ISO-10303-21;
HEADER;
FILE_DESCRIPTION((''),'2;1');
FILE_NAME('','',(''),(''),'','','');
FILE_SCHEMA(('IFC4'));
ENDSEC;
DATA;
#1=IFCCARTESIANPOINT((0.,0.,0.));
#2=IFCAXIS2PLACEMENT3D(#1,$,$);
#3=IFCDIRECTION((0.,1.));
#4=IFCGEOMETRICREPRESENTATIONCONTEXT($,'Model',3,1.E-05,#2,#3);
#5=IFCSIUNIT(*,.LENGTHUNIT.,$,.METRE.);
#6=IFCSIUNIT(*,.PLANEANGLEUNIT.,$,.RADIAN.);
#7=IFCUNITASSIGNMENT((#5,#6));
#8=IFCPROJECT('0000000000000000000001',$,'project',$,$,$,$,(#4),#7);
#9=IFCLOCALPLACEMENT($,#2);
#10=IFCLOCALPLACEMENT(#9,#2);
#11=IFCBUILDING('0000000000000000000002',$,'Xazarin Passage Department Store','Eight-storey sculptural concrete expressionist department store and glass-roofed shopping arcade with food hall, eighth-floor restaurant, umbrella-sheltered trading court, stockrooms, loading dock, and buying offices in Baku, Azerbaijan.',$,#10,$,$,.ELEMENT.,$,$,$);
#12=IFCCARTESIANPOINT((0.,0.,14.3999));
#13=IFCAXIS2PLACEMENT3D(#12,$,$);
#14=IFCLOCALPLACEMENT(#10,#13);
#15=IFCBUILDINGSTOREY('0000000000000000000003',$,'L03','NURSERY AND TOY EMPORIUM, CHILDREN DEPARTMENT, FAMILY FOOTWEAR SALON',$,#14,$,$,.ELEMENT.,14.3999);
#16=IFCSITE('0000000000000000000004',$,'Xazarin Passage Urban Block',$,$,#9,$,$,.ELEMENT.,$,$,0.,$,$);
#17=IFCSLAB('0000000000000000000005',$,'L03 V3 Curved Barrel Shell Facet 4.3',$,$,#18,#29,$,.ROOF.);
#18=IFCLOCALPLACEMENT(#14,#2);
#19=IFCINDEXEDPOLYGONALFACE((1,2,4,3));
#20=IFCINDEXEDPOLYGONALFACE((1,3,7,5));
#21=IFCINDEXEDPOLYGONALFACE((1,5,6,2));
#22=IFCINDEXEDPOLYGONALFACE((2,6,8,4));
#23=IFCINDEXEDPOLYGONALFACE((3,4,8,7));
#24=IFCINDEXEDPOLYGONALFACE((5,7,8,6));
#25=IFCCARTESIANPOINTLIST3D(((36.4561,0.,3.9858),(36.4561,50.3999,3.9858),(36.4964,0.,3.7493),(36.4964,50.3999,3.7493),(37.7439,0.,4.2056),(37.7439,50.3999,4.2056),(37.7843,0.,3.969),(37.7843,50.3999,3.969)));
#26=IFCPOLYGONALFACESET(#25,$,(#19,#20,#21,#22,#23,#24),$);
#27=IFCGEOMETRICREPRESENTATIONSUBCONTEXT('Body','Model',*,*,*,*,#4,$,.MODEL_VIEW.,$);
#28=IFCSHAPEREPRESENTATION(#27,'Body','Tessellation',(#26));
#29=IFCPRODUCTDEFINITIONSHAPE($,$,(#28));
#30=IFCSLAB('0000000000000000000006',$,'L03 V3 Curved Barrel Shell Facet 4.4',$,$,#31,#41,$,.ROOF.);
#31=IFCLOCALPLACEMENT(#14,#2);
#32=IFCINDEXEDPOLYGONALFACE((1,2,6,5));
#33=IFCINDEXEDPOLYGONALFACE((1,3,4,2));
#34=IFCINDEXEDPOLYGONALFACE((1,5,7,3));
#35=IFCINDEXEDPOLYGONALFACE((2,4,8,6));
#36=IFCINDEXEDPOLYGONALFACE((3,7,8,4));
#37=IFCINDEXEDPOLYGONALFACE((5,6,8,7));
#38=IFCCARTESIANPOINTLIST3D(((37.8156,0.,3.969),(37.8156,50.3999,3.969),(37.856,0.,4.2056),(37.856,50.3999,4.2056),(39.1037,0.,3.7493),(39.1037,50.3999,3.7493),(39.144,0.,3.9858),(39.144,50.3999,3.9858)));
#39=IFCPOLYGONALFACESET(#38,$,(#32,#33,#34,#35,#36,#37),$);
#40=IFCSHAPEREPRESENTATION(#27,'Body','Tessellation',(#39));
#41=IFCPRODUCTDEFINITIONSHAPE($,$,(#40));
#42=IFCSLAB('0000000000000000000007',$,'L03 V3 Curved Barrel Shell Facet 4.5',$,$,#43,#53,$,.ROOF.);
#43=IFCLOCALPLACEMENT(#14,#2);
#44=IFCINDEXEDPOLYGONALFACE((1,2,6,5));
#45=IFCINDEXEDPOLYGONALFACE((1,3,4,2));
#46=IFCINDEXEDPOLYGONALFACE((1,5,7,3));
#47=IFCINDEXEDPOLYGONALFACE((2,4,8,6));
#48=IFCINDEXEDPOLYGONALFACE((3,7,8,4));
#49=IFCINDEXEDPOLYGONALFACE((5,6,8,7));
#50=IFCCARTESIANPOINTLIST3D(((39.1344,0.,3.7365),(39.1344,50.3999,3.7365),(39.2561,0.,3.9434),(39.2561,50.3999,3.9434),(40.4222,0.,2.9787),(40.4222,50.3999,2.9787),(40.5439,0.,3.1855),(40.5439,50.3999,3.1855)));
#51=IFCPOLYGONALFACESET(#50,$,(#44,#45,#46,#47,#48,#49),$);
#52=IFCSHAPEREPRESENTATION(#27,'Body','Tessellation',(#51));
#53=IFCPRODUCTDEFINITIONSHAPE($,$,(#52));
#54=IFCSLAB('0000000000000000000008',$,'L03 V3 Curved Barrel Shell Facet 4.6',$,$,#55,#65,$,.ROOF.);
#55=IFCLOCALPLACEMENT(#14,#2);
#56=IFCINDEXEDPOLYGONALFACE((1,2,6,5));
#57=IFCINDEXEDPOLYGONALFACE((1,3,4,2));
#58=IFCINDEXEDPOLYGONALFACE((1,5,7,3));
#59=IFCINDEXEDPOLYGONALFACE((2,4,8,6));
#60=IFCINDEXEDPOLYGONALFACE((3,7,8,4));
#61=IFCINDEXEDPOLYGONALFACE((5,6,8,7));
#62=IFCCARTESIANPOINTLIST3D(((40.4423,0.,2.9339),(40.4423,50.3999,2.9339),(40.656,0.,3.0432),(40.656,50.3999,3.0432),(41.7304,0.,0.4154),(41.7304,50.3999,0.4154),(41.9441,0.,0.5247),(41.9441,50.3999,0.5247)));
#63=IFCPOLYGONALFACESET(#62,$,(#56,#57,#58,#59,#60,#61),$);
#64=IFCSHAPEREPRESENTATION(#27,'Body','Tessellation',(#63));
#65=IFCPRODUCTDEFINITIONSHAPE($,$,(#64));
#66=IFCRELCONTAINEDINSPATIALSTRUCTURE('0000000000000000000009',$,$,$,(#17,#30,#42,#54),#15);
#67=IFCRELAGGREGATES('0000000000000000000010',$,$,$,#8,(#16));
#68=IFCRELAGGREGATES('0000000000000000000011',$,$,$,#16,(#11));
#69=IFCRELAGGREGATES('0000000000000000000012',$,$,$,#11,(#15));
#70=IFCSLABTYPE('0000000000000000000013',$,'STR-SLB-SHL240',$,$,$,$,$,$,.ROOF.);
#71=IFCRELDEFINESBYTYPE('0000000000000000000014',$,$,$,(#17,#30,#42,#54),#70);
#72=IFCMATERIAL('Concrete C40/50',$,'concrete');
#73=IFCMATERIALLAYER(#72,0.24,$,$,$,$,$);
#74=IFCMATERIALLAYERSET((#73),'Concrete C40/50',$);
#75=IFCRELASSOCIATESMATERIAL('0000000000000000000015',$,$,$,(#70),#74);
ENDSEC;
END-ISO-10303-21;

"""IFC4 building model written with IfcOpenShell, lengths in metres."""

from ifc_helpers import new_model, si_unit, direction, frame, origin, place, context, subcontext, project, spatial, polyline, outline, extrude, material, layer, layer_set, type_object, element, save


model = new_model("IFC4")

# Units and contexts
model_context = context("Model", 3, precision=1e-05, world=origin(), true_north=direction((0.0, 1.0)))
body_context = subcontext(model_context, "Body", "Model", "MODEL_VIEW")
ifc_project = project(units=[si_unit("LENGTHUNIT", "METRE"), si_unit("PLANEANGLEUNIT", "RADIAN")], contexts=[model_context])

# Site, building, storey
site_placement = place(None, origin())
site = spatial("IfcSite", under=ifc_project, at=site_placement, Name="Xazarin Passage Urban Block", CompositionType="ELEMENT", RefElevation=0.0)
building_placement = place(site_placement, origin())
building = spatial("IfcBuilding", under=site, at=building_placement, Name="Xazarin Passage Department Store", Description="Eight-storey sculptural concrete expressionist department store and glass-roofed shopping arcade with food hall, eighth-floor restaurant, umbrella-sheltered trading court, stockrooms, loading dock, and buying offices in Baku, Azerbaijan.", CompositionType="ELEMENT")
storey_placement = place(building_placement, frame((0.0, 0.0, 14.3999)))
storey = spatial("IfcBuildingStorey", under=building, at=storey_placement, Name="L03", Description="NURSERY AND TOY EMPORIUM, CHILDREN DEPARTMENT, FAMILY FOOTWEAR SALON", CompositionType="ELEMENT", Elevation=14.3999)

# Slabs
ifc_material_1 = material(Name="Concrete C40/50", Category="concrete")
ifc_layer = layer(ifc_material_1, 0.24)
ifc_layer_set = layer_set([ifc_layer], Name="Concrete C40/50")
slab_type = type_object("IfcSlabType", Name="STR-SLB-SHL240", PredefinedType="ROOF", material=ifc_layer_set)
slab_1_placement = place(storey_placement, frame((36.4561, 0.0, 3.9858), z_axis=(-0.168186, 0.0, 0.985755), x_axis=(0.985755, 0.0, 0.168186)))
element("IfcSlab", 1, at=slab_1_placement, inside=storey, type_object=slab_type, Name="L03 V3 Curved Barrel Shell Facet 4.3", PredefinedType="ROOF", context=body_context, shape_type="SweptSolid", body=[
    extrude(outline(polyline([(0.0, 0.0), (1.3065, 0.0), (1.3065, 50.3999), (0.0, 50.3999), (0.0, 0.0)])), origin(), (0.0, 0.0, -1.0), 0.24),
])
slab_2_placement = place(storey_placement, frame((37.856, 0.0, 4.2056), z_axis=(0.168155, 0.0, 0.985761), x_axis=(0.985761, 0.0, -0.168155)))
element("IfcSlab", 2, at=slab_2_placement, inside=storey, type_object=slab_type, Name="L03 V3 Curved Barrel Shell Facet 4.4", PredefinedType="ROOF", context=body_context, shape_type="SweptSolid", body=[
    extrude(outline(polyline([(0.0, 0.0), (1.3067, 0.0), (1.3067, 50.3999), (0.0, 50.3999), (0.0, 0.0)])), origin(), (0.0, 0.0, -1.0), 0.24),
])
slab_3_placement = place(storey_placement, frame((39.2561, 0.0, 3.9434), z_axis=(0.507149, 0.0, 0.861859), x_axis=(0.861859, 0.0, -0.507149)))
element("IfcSlab", 3, at=slab_3_placement, inside=storey, type_object=slab_type, Name="L03 V3 Curved Barrel Shell Facet 4.5", PredefinedType="ROOF", context=body_context, shape_type="SweptSolid", body=[
    extrude(outline(polyline([(0.0, 0.0), (1.4943, 0.0), (1.4943, 50.3999), (0.0, 50.3999), (0.0, 0.0)])), origin(), (0.0, 0.0, -1.0), 0.24),
])
slab_4_placement = place(storey_placement, frame((40.656, 0.0, 3.0432), z_axis=(0.890317, 0.0, 0.455342), x_axis=(0.455342, 0.0, -0.890317)))
element("IfcSlab", 4, at=slab_4_placement, inside=storey, type_object=slab_type, Name="L03 V3 Curved Barrel Shell Facet 4.6", PredefinedType="ROOF", context=body_context, shape_type="SweptSolid", body=[
    extrude(outline(polyline([(0.0, 0.0), (2.8288, 0.0), (2.8288, 50.3999), (0.0, 50.3999), (0.0, 0.0)])), origin(), (0.0, 0.0, -1.0), 0.24),
])

save(model, "model.ifc")
